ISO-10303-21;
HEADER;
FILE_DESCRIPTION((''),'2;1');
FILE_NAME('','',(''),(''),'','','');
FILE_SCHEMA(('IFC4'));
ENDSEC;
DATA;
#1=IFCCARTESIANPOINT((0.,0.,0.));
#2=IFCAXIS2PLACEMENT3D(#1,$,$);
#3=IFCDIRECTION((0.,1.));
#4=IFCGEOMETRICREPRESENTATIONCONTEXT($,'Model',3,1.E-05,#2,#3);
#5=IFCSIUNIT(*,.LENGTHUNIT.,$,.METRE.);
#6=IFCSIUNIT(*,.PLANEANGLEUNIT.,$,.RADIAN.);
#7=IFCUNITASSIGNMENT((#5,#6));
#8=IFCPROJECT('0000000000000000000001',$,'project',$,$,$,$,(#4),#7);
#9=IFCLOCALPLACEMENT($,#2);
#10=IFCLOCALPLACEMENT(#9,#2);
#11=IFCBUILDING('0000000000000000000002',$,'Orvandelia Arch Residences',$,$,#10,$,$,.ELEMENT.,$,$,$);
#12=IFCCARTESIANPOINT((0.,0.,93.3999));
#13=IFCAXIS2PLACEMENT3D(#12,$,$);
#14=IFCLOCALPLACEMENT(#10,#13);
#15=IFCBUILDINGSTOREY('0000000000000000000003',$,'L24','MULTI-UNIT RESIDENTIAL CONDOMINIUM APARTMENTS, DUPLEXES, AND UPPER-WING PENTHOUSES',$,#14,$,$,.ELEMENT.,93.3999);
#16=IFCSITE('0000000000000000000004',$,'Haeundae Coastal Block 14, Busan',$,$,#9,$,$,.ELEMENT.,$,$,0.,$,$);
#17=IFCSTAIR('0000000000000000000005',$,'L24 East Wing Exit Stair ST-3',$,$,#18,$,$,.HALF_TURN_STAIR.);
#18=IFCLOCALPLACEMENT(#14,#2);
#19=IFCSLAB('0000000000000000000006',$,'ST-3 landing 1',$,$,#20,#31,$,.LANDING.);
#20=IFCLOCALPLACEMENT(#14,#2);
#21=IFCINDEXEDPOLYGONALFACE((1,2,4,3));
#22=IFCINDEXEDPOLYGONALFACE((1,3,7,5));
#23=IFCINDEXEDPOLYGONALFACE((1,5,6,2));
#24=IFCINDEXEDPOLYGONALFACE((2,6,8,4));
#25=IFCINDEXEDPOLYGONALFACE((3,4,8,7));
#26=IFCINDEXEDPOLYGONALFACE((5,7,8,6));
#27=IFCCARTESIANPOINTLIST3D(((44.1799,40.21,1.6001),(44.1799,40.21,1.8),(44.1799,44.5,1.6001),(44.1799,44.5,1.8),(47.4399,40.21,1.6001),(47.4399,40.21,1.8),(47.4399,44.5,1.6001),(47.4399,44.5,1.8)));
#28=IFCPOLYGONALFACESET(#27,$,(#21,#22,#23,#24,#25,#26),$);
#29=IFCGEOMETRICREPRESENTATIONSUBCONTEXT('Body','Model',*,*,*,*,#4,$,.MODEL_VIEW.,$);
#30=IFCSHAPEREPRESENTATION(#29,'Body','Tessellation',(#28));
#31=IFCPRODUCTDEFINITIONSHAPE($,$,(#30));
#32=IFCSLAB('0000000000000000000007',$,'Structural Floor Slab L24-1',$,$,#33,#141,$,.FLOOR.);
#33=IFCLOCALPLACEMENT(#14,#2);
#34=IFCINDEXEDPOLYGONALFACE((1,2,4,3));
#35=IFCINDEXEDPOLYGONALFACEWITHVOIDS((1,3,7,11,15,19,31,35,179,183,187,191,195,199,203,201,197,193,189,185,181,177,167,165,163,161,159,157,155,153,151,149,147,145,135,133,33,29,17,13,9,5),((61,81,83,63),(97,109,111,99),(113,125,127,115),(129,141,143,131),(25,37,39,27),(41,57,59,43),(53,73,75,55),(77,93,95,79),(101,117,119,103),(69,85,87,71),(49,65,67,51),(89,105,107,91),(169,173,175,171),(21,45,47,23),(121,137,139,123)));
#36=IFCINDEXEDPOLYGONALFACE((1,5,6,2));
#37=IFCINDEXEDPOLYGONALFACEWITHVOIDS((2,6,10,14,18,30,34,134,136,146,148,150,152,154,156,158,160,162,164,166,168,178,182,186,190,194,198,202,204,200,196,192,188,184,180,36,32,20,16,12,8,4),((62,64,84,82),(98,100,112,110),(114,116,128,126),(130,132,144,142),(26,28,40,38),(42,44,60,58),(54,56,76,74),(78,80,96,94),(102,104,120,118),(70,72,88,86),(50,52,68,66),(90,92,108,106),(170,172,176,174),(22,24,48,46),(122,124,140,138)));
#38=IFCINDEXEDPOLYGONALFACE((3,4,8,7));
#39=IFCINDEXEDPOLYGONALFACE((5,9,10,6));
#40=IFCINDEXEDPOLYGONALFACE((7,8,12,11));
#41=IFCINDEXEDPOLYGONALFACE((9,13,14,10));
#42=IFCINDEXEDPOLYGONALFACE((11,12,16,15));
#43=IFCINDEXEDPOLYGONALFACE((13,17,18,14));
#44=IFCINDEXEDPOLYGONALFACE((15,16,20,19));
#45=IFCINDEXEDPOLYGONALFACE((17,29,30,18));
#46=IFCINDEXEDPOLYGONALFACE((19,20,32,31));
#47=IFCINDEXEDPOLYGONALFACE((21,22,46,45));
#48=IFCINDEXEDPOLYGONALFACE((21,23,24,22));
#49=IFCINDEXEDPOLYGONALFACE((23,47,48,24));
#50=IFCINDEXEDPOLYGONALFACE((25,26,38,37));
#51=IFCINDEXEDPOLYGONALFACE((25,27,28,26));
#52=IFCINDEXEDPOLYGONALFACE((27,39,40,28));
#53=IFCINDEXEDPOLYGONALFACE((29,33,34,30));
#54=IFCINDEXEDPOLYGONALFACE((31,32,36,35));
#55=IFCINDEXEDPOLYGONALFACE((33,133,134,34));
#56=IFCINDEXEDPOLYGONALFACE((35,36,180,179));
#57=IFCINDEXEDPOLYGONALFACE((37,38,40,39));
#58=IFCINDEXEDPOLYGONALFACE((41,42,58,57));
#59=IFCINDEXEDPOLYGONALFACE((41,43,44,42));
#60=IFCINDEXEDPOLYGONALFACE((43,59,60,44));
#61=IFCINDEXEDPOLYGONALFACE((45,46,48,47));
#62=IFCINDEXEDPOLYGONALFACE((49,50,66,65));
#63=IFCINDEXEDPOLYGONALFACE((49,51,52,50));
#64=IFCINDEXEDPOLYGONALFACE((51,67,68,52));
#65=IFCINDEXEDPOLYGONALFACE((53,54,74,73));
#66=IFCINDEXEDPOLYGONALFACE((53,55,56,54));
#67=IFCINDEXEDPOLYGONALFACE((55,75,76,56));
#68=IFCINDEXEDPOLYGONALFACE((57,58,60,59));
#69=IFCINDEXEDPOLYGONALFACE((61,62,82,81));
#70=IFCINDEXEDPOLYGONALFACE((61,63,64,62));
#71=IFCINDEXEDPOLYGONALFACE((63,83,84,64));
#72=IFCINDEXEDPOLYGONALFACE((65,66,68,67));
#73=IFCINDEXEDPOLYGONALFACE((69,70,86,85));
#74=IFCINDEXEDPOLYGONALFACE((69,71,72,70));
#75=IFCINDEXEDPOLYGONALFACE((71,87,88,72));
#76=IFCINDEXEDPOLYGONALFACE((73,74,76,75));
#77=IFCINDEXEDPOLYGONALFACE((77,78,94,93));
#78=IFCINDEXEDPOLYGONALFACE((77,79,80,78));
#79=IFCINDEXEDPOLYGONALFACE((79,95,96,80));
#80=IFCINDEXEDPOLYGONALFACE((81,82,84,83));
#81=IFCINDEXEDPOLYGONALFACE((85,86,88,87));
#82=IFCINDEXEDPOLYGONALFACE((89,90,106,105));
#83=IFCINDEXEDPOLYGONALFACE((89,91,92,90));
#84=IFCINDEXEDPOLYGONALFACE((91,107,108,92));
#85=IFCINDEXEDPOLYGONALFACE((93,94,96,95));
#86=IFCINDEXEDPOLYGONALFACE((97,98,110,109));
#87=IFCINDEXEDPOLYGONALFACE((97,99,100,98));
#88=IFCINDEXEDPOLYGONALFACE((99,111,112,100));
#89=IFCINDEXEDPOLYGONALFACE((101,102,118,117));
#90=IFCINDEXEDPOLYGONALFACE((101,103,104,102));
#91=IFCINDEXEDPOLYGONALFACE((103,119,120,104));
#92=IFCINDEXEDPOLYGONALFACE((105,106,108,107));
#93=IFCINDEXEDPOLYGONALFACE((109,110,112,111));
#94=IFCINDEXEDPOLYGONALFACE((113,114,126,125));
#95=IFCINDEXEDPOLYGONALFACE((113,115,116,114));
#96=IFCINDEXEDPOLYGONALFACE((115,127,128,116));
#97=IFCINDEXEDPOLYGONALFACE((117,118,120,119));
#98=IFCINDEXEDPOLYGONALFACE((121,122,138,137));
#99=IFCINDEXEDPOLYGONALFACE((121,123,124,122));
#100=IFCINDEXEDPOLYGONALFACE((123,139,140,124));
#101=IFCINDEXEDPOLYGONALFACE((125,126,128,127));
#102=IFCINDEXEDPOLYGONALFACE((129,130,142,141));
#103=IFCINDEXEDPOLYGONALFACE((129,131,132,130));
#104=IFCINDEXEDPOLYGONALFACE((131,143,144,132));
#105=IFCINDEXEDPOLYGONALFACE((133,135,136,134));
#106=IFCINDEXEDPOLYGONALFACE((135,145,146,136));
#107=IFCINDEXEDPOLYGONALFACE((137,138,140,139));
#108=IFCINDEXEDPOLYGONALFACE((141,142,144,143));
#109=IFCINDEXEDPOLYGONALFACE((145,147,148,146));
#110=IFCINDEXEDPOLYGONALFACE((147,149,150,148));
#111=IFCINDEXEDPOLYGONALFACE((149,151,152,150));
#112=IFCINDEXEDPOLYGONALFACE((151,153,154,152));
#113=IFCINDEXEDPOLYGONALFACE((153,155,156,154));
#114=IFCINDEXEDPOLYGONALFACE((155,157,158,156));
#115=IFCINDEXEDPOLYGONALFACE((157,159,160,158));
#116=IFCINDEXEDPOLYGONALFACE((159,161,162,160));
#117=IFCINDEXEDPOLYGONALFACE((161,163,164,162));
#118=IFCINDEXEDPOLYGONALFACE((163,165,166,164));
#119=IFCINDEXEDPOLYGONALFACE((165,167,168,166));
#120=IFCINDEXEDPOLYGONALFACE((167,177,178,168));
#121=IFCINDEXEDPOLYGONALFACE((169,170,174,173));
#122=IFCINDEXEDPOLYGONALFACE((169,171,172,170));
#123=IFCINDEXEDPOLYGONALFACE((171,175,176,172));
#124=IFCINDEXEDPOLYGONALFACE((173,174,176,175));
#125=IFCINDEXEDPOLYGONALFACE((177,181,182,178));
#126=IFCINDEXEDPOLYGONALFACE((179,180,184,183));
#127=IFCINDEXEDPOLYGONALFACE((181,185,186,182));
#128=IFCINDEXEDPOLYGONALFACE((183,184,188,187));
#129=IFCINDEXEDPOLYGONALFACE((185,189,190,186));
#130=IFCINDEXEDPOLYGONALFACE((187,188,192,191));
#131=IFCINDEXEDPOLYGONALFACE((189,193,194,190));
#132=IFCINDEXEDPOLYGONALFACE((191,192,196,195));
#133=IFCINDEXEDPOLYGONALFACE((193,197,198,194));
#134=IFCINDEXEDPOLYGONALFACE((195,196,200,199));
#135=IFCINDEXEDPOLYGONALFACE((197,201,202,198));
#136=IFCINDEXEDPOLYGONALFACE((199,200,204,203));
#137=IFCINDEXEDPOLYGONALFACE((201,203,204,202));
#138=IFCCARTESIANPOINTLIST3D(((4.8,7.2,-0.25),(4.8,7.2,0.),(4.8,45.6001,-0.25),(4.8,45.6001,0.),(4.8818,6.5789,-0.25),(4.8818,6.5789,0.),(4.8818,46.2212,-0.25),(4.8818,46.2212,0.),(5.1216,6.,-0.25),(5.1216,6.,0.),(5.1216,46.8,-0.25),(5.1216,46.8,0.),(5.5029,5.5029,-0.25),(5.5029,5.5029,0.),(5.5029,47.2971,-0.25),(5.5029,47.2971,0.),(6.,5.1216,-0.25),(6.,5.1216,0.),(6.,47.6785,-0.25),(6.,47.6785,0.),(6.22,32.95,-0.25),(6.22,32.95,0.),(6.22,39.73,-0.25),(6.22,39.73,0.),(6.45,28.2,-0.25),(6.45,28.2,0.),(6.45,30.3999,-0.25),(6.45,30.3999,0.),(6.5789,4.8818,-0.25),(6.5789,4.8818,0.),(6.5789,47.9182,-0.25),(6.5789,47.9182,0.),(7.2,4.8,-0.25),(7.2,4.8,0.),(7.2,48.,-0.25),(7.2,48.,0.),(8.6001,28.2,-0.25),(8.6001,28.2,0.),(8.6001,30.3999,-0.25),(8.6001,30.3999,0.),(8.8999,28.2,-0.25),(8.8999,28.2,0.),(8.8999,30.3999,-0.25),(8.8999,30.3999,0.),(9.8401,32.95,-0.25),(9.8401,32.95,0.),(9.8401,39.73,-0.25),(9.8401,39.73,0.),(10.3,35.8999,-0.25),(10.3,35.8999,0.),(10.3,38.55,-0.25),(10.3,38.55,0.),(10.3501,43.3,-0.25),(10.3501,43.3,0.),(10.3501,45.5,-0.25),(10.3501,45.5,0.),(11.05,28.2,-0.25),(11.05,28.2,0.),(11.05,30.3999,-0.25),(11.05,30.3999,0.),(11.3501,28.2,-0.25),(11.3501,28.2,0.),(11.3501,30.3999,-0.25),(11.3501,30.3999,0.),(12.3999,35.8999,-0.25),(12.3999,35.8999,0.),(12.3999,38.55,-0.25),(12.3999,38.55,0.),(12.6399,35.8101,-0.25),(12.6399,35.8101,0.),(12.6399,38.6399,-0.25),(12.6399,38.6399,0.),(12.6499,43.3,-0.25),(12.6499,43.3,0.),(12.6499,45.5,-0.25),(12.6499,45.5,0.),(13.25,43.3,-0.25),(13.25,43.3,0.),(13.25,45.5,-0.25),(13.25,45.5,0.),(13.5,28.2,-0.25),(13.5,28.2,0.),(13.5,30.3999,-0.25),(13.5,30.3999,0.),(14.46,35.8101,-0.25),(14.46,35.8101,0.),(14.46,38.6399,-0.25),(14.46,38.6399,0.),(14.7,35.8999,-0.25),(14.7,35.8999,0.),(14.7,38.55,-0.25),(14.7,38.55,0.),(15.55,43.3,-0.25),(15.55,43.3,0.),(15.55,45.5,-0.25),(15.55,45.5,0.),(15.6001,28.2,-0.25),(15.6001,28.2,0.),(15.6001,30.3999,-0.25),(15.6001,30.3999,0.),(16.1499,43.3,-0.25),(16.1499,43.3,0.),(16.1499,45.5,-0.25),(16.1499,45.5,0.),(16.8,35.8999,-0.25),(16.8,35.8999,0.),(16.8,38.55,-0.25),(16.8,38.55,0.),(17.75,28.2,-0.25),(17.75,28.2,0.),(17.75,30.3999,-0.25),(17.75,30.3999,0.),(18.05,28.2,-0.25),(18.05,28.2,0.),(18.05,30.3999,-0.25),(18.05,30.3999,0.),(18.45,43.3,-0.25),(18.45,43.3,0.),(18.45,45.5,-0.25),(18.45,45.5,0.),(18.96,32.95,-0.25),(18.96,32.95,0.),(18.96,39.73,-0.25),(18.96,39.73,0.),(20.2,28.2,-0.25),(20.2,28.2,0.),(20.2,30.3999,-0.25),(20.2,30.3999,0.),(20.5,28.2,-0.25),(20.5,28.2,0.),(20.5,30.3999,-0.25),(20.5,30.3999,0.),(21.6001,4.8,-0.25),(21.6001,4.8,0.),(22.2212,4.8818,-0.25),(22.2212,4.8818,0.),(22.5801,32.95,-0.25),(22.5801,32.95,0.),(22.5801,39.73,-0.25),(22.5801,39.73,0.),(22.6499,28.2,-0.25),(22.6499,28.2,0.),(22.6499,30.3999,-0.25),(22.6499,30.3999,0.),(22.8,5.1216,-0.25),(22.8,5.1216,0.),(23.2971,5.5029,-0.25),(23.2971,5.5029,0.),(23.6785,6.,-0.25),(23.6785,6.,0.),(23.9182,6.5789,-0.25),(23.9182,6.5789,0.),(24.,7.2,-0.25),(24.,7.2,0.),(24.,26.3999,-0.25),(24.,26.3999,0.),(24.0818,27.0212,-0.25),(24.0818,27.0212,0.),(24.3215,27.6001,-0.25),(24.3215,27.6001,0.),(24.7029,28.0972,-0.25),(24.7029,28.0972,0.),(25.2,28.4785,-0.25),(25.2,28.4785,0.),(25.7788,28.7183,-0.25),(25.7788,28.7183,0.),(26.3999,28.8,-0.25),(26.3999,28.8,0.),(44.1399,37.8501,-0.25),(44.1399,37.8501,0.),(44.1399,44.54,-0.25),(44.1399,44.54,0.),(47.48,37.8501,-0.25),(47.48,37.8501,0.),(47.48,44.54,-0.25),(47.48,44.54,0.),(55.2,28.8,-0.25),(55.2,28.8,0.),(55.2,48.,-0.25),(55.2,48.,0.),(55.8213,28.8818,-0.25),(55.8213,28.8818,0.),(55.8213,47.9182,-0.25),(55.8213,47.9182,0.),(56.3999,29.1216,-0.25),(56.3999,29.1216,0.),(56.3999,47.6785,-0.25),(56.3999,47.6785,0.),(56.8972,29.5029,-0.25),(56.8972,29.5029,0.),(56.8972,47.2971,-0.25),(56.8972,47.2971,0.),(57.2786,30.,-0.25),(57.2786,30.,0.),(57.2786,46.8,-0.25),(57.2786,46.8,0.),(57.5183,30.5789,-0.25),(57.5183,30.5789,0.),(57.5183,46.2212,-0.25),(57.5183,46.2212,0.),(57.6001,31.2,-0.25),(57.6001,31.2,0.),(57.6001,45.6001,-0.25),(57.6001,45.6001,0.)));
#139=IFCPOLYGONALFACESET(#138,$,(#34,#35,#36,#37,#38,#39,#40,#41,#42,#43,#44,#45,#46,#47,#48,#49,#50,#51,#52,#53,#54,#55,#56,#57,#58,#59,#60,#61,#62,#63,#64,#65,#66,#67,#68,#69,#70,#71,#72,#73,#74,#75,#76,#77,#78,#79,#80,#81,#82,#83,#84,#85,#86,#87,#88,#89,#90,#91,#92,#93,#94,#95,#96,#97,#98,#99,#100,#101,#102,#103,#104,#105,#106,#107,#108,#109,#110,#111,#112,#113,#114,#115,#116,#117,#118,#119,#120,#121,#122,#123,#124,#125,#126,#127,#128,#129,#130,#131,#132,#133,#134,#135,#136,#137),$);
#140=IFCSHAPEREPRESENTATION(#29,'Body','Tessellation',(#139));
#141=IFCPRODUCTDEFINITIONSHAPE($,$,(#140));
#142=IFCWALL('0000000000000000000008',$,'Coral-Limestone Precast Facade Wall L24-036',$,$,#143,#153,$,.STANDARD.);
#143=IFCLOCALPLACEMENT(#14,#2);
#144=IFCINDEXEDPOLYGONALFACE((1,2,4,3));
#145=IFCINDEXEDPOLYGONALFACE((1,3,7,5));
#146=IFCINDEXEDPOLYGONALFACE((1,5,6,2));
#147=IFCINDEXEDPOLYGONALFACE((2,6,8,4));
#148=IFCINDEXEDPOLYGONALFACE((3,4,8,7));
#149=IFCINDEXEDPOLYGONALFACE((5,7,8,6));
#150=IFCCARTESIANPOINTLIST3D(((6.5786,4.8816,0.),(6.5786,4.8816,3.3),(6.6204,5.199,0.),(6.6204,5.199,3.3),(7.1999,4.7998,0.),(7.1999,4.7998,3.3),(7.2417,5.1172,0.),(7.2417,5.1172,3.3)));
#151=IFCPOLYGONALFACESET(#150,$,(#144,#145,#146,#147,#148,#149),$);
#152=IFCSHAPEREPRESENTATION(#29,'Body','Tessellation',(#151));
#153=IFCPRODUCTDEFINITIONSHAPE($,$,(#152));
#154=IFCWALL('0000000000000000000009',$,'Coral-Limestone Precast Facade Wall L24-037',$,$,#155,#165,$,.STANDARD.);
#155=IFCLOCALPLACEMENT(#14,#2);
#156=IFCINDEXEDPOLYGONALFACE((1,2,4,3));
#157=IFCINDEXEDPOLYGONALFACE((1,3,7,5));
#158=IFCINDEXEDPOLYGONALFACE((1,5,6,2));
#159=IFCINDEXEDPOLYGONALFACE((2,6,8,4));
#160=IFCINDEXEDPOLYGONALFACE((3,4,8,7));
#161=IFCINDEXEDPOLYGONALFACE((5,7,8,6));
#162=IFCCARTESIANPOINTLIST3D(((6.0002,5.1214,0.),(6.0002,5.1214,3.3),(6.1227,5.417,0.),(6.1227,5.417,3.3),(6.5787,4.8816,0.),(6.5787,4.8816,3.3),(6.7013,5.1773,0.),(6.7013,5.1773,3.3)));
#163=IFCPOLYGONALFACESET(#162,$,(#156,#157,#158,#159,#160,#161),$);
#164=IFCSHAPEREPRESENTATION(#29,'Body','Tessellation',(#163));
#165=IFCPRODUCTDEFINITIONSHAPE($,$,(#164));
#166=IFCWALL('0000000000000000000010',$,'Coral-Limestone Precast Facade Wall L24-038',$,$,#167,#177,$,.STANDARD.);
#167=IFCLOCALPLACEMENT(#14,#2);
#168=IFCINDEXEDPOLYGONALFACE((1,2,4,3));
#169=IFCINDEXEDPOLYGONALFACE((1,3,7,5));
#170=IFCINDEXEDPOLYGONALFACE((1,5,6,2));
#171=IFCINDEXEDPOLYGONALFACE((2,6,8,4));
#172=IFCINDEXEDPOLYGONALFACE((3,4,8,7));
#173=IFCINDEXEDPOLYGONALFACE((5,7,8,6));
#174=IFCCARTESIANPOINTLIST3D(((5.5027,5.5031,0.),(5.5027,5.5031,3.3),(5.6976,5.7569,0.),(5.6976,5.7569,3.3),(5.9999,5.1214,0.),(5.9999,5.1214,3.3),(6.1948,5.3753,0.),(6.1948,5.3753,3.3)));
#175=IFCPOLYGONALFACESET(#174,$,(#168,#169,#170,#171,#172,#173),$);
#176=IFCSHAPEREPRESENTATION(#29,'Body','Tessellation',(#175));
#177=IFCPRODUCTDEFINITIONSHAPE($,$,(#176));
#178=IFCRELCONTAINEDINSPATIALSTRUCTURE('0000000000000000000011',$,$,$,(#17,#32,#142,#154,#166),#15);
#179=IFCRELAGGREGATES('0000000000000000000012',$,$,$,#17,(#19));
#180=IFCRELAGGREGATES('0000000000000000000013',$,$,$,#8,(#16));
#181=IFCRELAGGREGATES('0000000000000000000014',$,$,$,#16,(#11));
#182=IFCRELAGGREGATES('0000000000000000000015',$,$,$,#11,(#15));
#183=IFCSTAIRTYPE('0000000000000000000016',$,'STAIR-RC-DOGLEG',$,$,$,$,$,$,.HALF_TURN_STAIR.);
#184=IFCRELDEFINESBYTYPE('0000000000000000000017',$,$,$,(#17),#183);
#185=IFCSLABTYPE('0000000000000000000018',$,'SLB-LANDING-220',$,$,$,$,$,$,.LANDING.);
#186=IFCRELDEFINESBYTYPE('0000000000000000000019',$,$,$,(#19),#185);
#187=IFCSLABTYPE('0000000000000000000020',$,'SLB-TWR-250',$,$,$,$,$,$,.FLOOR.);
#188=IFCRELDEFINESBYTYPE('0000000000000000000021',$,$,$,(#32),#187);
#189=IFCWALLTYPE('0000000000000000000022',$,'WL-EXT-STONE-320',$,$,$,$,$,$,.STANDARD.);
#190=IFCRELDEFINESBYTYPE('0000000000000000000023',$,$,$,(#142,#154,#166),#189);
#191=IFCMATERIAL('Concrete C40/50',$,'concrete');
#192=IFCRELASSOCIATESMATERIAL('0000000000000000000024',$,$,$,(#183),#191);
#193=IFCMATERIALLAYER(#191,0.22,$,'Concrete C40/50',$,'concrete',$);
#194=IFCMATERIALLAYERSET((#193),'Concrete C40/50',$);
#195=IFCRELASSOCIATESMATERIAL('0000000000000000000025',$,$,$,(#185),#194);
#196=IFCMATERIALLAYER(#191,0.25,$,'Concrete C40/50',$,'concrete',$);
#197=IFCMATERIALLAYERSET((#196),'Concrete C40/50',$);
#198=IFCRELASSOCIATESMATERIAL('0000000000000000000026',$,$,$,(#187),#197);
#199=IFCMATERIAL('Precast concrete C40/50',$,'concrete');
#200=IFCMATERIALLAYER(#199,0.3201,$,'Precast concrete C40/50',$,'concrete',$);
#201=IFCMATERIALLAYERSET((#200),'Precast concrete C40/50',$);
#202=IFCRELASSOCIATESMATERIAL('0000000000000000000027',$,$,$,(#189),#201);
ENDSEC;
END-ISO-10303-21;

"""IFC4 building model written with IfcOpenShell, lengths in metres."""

from ifc_helpers import new_model, si_unit, direction, frame, frame_2d, origin, place, context, subcontext, project, spatial, polyline, rectangle, outline, extrude, material, layer, layer_set, type_object, element, aggregate, save


model = new_model("IFC4")

# Units and contexts
model_context = context("Model", 3, precision=1e-05, world=origin(), true_north=direction((0.0, 1.0)))
body_context = subcontext(model_context, "Body", "Model", "MODEL_VIEW")
ifc_project = project(units=[si_unit("LENGTHUNIT", "METRE"), si_unit("PLANEANGLEUNIT", "RADIAN")], contexts=[model_context])

# Site, building, storey
site_placement = place(None, origin())
site = spatial("IfcSite", under=ifc_project, at=site_placement, Name="Haeundae Coastal Block 14, Busan", CompositionType="ELEMENT", RefElevation=0.0)
building_placement = place(site_placement, origin())
building = spatial("IfcBuilding", under=site, at=building_placement, Name="Orvandelia Arch Residences", CompositionType="ELEMENT")
storey_placement = place(building_placement, frame((0.0, 0.0, 93.3999)))
storey = spatial("IfcBuildingStorey", under=building, at=storey_placement, Name="L24", Description="MULTI-UNIT RESIDENTIAL CONDOMINIUM APARTMENTS, DUPLEXES, AND UPPER-WING PENTHOUSES", CompositionType="ELEMENT", Elevation=93.3999)

# Shared definitions
ifc_material_1 = material(Name="Precast concrete C40/50", Category="concrete")

# Stair, slab
ifc_material_2 = material(Name="Concrete C40/50", Category="concrete")
stair_type = type_object("IfcStairType", Name="STAIR-RC-DOGLEG", PredefinedType="HALF_TURN_STAIR", material=ifc_material_2)
ifc_layer_1 = layer(ifc_material_2, 0.22, Name="Concrete C40/50", Category="concrete")
ifc_layer_set_1 = layer_set([ifc_layer_1], Name="Concrete C40/50")
slab_type_1 = type_object("IfcSlabType", Name="SLB-LANDING-220", PredefinedType="LANDING", material=ifc_layer_set_1)
stair_1_placement = place(storey_placement, origin())
stair_1 = element("IfcStair", 1, at=stair_1_placement, inside=storey, type_object=stair_type, Name="L24 East Wing Exit Stair ST-3", PredefinedType="HALF_TURN_STAIR")
slab_1_placement = place(storey_placement, frame((0.0, 0.0, 1.6001)))
slab_1 = element("IfcSlab", 2, at=slab_1_placement, type_object=slab_type_1, Name="ST-3 landing 1", PredefinedType="LANDING", context=body_context, shape_type="SweptSolid", body=[
    extrude(outline(polyline([(47.4399, 40.21), (47.4399, 44.5), (44.1799, 44.5), (44.1799, 40.21), (47.4399, 40.21)])), origin(), (0.0, 0.0, 1.0), 0.2),
])
aggregate(stair_1, [slab_1])

# Slab
ifc_layer_2 = layer(ifc_material_2, 0.25, Name="Concrete C40/50", Category="concrete")
ifc_layer_set_2 = layer_set([ifc_layer_2], Name="Concrete C40/50")
slab_type_2 = type_object("IfcSlabType", Name="SLB-TWR-250", PredefinedType="FLOOR", material=ifc_layer_set_2)
slab_2_placement = place(storey_placement, frame((0.0, 0.0, -0.25)))
element("IfcSlab", 3, at=slab_2_placement, inside=storey, type_object=slab_type_2, Name="Structural Floor Slab L24-1", PredefinedType="FLOOR", context=body_context, shape_type="SweptSolid", body=[
    extrude(outline(polyline([(4.8, 7.2), (4.8818, 6.5789), (5.1216, 6.0), (5.5029, 5.5029), (6.0, 5.1216), (6.5789, 4.8818), (7.2, 4.8), (21.6001, 4.8), (22.2212, 4.8818), (22.8, 5.1216), (23.2971, 5.5029), (23.6785, 6.0), (23.9182, 6.5789), (24.0, 7.2), (24.0, 26.3999), (24.0818, 27.0212), (24.3215, 27.6001), (24.7029, 28.0972), (25.2, 28.4785), (25.7788, 28.7183), (26.3999, 28.8), (55.2, 28.8), (55.8213, 28.8818), (56.3999, 29.1216), (56.8972, 29.5029), (57.2786, 30.0), (57.5183, 30.5789), (57.6001, 31.2), (57.6001, 45.6001), (57.5183, 46.2212), (57.2786, 46.8), (56.8972, 47.2971), (56.3999, 47.6785), (55.8213, 47.9182), (55.2, 48.0), (7.2, 48.0), (6.5789, 47.9182), (6.0, 47.6785), (5.5029, 47.2971), (5.1216, 46.8), (4.8818, 46.2212), (4.8, 45.6001), (4.8, 7.2)]), holes=[polyline([(6.22, 32.95), (9.8401, 32.95), (9.8401, 39.73), (6.22, 39.73), (6.22, 32.95)]), polyline([(18.96, 32.95), (22.5801, 32.95), (22.5801, 39.73), (18.96, 39.73), (18.96, 32.95)]), polyline([(44.1399, 37.8501), (47.48, 37.8501), (47.48, 44.54), (44.1399, 44.54), (44.1399, 37.8501)]), polyline([(12.6399, 35.8101), (14.46, 35.8101), (14.46, 38.6399), (12.6399, 38.6399), (12.6399, 35.8101)]), polyline([(10.3, 35.8999), (12.3999, 35.8999), (12.3999, 38.55), (10.3, 38.55), (10.3, 35.8999)]), polyline([(14.7, 35.8999), (16.8, 35.8999), (16.8, 38.55), (14.7, 38.55), (14.7, 35.8999)]), polyline([(10.3501, 43.3), (12.6499, 43.3), (12.6499, 45.5), (10.3501, 45.5), (10.3501, 43.3)]), polyline([(13.25, 43.3), (15.55, 43.3), (15.55, 45.5), (13.25, 45.5), (13.25, 43.3)]), polyline([(16.1499, 43.3), (18.45, 43.3), (18.45, 45.5), (16.1499, 45.5), (16.1499, 43.3)]), polyline([(6.45, 28.2), (8.6001, 28.2), (8.6001, 30.3999), (6.45, 30.3999), (6.45, 28.2)]), polyline([(8.8999, 28.2), (11.05, 28.2), (11.05, 30.3999), (8.8999, 30.3999), (8.8999, 28.2)]), polyline([(11.3501, 28.2), (13.5, 28.2), (13.5, 30.3999), (11.3501, 30.3999), (11.3501, 28.2)]), polyline([(15.6001, 28.2), (17.75, 28.2), (17.75, 30.3999), (15.6001, 30.3999), (15.6001, 28.2)]), polyline([(18.05, 28.2), (20.2, 28.2), (20.2, 30.3999), (18.05, 30.3999), (18.05, 28.2)]), polyline([(20.5, 28.2), (22.6499, 28.2), (22.6499, 30.3999), (20.5, 30.3999), (20.5, 28.2)])]), origin(), (0.0, 0.0, 1.0), 0.25),
])

# Walls
ifc_layer_3 = layer(ifc_material_1, 0.3201, Name="Precast concrete C40/50", Category="concrete")
ifc_layer_set_3 = layer_set([ifc_layer_3], Name="Precast concrete C40/50")
wall_type_1 = type_object("IfcWallType", Name="WL-EXT-STONE-320", PredefinedType="STANDARD", material=ifc_layer_set_3)
wall_1_placement = place(storey_placement, frame((7.2209, 4.9585, 0.0), z_axis=(0.0, 0.0, 1.0), x_axis=(-0.991448, 0.130505, 0.0)))
element("IfcWall", 4, at=wall_1_placement, inside=storey, type_object=wall_type_1, Name="Coral-Limestone Precast Facade Wall L24-036", PredefinedType="STANDARD", context=body_context, shape_type="SweptSolid", body=[
    extrude(rectangle(XDim=0.6267, YDim=0.3201, at=frame_2d((0.3135, 0.0))), origin(), (0.0, 0.0, 1.0), 3.3),
])
wall_2_placement = place(storey_placement, frame((6.6399, 5.0295, 0.0), z_axis=(0.0, 0.0, 1.0), x_axis=(-0.923836, 0.382788, 0.0)))
element("IfcWall", 5, at=wall_2_placement, inside=storey, type_object=wall_type_1, Name="Coral-Limestone Precast Facade Wall L24-037", PredefinedType="STANDARD", context=body_context, shape_type="SweptSolid", body=[
    extrude(rectangle(XDim=0.6262, YDim=0.3201, at=frame_2d((0.313, 0.0))), origin(), (0.0, 0.0, 1.0), 3.3),
])
for number, where, z_axis, x_axis, name in (
    (6, (6.0974, 5.2483, 0.0), (0.0, 0.0, 1.0), (-0.793217, 0.608939, 0.0), "Coral-Limestone Precast Facade Wall L24-038"),
):
    element("IfcWall", number, at=place(storey_placement, frame(where, z_axis=z_axis, x_axis=x_axis)), inside=storey, type_object=wall_type_1, Name=name, PredefinedType="STANDARD", context=body_context, shape_type="SweptSolid", body=[
        extrude(rectangle(XDim=0.6267, YDim=0.3201, at=frame_2d((0.3135, 0.0))), origin(), (0.0, 0.0, 1.0), 3.3),
    ])

save(model, "model.ifc")
